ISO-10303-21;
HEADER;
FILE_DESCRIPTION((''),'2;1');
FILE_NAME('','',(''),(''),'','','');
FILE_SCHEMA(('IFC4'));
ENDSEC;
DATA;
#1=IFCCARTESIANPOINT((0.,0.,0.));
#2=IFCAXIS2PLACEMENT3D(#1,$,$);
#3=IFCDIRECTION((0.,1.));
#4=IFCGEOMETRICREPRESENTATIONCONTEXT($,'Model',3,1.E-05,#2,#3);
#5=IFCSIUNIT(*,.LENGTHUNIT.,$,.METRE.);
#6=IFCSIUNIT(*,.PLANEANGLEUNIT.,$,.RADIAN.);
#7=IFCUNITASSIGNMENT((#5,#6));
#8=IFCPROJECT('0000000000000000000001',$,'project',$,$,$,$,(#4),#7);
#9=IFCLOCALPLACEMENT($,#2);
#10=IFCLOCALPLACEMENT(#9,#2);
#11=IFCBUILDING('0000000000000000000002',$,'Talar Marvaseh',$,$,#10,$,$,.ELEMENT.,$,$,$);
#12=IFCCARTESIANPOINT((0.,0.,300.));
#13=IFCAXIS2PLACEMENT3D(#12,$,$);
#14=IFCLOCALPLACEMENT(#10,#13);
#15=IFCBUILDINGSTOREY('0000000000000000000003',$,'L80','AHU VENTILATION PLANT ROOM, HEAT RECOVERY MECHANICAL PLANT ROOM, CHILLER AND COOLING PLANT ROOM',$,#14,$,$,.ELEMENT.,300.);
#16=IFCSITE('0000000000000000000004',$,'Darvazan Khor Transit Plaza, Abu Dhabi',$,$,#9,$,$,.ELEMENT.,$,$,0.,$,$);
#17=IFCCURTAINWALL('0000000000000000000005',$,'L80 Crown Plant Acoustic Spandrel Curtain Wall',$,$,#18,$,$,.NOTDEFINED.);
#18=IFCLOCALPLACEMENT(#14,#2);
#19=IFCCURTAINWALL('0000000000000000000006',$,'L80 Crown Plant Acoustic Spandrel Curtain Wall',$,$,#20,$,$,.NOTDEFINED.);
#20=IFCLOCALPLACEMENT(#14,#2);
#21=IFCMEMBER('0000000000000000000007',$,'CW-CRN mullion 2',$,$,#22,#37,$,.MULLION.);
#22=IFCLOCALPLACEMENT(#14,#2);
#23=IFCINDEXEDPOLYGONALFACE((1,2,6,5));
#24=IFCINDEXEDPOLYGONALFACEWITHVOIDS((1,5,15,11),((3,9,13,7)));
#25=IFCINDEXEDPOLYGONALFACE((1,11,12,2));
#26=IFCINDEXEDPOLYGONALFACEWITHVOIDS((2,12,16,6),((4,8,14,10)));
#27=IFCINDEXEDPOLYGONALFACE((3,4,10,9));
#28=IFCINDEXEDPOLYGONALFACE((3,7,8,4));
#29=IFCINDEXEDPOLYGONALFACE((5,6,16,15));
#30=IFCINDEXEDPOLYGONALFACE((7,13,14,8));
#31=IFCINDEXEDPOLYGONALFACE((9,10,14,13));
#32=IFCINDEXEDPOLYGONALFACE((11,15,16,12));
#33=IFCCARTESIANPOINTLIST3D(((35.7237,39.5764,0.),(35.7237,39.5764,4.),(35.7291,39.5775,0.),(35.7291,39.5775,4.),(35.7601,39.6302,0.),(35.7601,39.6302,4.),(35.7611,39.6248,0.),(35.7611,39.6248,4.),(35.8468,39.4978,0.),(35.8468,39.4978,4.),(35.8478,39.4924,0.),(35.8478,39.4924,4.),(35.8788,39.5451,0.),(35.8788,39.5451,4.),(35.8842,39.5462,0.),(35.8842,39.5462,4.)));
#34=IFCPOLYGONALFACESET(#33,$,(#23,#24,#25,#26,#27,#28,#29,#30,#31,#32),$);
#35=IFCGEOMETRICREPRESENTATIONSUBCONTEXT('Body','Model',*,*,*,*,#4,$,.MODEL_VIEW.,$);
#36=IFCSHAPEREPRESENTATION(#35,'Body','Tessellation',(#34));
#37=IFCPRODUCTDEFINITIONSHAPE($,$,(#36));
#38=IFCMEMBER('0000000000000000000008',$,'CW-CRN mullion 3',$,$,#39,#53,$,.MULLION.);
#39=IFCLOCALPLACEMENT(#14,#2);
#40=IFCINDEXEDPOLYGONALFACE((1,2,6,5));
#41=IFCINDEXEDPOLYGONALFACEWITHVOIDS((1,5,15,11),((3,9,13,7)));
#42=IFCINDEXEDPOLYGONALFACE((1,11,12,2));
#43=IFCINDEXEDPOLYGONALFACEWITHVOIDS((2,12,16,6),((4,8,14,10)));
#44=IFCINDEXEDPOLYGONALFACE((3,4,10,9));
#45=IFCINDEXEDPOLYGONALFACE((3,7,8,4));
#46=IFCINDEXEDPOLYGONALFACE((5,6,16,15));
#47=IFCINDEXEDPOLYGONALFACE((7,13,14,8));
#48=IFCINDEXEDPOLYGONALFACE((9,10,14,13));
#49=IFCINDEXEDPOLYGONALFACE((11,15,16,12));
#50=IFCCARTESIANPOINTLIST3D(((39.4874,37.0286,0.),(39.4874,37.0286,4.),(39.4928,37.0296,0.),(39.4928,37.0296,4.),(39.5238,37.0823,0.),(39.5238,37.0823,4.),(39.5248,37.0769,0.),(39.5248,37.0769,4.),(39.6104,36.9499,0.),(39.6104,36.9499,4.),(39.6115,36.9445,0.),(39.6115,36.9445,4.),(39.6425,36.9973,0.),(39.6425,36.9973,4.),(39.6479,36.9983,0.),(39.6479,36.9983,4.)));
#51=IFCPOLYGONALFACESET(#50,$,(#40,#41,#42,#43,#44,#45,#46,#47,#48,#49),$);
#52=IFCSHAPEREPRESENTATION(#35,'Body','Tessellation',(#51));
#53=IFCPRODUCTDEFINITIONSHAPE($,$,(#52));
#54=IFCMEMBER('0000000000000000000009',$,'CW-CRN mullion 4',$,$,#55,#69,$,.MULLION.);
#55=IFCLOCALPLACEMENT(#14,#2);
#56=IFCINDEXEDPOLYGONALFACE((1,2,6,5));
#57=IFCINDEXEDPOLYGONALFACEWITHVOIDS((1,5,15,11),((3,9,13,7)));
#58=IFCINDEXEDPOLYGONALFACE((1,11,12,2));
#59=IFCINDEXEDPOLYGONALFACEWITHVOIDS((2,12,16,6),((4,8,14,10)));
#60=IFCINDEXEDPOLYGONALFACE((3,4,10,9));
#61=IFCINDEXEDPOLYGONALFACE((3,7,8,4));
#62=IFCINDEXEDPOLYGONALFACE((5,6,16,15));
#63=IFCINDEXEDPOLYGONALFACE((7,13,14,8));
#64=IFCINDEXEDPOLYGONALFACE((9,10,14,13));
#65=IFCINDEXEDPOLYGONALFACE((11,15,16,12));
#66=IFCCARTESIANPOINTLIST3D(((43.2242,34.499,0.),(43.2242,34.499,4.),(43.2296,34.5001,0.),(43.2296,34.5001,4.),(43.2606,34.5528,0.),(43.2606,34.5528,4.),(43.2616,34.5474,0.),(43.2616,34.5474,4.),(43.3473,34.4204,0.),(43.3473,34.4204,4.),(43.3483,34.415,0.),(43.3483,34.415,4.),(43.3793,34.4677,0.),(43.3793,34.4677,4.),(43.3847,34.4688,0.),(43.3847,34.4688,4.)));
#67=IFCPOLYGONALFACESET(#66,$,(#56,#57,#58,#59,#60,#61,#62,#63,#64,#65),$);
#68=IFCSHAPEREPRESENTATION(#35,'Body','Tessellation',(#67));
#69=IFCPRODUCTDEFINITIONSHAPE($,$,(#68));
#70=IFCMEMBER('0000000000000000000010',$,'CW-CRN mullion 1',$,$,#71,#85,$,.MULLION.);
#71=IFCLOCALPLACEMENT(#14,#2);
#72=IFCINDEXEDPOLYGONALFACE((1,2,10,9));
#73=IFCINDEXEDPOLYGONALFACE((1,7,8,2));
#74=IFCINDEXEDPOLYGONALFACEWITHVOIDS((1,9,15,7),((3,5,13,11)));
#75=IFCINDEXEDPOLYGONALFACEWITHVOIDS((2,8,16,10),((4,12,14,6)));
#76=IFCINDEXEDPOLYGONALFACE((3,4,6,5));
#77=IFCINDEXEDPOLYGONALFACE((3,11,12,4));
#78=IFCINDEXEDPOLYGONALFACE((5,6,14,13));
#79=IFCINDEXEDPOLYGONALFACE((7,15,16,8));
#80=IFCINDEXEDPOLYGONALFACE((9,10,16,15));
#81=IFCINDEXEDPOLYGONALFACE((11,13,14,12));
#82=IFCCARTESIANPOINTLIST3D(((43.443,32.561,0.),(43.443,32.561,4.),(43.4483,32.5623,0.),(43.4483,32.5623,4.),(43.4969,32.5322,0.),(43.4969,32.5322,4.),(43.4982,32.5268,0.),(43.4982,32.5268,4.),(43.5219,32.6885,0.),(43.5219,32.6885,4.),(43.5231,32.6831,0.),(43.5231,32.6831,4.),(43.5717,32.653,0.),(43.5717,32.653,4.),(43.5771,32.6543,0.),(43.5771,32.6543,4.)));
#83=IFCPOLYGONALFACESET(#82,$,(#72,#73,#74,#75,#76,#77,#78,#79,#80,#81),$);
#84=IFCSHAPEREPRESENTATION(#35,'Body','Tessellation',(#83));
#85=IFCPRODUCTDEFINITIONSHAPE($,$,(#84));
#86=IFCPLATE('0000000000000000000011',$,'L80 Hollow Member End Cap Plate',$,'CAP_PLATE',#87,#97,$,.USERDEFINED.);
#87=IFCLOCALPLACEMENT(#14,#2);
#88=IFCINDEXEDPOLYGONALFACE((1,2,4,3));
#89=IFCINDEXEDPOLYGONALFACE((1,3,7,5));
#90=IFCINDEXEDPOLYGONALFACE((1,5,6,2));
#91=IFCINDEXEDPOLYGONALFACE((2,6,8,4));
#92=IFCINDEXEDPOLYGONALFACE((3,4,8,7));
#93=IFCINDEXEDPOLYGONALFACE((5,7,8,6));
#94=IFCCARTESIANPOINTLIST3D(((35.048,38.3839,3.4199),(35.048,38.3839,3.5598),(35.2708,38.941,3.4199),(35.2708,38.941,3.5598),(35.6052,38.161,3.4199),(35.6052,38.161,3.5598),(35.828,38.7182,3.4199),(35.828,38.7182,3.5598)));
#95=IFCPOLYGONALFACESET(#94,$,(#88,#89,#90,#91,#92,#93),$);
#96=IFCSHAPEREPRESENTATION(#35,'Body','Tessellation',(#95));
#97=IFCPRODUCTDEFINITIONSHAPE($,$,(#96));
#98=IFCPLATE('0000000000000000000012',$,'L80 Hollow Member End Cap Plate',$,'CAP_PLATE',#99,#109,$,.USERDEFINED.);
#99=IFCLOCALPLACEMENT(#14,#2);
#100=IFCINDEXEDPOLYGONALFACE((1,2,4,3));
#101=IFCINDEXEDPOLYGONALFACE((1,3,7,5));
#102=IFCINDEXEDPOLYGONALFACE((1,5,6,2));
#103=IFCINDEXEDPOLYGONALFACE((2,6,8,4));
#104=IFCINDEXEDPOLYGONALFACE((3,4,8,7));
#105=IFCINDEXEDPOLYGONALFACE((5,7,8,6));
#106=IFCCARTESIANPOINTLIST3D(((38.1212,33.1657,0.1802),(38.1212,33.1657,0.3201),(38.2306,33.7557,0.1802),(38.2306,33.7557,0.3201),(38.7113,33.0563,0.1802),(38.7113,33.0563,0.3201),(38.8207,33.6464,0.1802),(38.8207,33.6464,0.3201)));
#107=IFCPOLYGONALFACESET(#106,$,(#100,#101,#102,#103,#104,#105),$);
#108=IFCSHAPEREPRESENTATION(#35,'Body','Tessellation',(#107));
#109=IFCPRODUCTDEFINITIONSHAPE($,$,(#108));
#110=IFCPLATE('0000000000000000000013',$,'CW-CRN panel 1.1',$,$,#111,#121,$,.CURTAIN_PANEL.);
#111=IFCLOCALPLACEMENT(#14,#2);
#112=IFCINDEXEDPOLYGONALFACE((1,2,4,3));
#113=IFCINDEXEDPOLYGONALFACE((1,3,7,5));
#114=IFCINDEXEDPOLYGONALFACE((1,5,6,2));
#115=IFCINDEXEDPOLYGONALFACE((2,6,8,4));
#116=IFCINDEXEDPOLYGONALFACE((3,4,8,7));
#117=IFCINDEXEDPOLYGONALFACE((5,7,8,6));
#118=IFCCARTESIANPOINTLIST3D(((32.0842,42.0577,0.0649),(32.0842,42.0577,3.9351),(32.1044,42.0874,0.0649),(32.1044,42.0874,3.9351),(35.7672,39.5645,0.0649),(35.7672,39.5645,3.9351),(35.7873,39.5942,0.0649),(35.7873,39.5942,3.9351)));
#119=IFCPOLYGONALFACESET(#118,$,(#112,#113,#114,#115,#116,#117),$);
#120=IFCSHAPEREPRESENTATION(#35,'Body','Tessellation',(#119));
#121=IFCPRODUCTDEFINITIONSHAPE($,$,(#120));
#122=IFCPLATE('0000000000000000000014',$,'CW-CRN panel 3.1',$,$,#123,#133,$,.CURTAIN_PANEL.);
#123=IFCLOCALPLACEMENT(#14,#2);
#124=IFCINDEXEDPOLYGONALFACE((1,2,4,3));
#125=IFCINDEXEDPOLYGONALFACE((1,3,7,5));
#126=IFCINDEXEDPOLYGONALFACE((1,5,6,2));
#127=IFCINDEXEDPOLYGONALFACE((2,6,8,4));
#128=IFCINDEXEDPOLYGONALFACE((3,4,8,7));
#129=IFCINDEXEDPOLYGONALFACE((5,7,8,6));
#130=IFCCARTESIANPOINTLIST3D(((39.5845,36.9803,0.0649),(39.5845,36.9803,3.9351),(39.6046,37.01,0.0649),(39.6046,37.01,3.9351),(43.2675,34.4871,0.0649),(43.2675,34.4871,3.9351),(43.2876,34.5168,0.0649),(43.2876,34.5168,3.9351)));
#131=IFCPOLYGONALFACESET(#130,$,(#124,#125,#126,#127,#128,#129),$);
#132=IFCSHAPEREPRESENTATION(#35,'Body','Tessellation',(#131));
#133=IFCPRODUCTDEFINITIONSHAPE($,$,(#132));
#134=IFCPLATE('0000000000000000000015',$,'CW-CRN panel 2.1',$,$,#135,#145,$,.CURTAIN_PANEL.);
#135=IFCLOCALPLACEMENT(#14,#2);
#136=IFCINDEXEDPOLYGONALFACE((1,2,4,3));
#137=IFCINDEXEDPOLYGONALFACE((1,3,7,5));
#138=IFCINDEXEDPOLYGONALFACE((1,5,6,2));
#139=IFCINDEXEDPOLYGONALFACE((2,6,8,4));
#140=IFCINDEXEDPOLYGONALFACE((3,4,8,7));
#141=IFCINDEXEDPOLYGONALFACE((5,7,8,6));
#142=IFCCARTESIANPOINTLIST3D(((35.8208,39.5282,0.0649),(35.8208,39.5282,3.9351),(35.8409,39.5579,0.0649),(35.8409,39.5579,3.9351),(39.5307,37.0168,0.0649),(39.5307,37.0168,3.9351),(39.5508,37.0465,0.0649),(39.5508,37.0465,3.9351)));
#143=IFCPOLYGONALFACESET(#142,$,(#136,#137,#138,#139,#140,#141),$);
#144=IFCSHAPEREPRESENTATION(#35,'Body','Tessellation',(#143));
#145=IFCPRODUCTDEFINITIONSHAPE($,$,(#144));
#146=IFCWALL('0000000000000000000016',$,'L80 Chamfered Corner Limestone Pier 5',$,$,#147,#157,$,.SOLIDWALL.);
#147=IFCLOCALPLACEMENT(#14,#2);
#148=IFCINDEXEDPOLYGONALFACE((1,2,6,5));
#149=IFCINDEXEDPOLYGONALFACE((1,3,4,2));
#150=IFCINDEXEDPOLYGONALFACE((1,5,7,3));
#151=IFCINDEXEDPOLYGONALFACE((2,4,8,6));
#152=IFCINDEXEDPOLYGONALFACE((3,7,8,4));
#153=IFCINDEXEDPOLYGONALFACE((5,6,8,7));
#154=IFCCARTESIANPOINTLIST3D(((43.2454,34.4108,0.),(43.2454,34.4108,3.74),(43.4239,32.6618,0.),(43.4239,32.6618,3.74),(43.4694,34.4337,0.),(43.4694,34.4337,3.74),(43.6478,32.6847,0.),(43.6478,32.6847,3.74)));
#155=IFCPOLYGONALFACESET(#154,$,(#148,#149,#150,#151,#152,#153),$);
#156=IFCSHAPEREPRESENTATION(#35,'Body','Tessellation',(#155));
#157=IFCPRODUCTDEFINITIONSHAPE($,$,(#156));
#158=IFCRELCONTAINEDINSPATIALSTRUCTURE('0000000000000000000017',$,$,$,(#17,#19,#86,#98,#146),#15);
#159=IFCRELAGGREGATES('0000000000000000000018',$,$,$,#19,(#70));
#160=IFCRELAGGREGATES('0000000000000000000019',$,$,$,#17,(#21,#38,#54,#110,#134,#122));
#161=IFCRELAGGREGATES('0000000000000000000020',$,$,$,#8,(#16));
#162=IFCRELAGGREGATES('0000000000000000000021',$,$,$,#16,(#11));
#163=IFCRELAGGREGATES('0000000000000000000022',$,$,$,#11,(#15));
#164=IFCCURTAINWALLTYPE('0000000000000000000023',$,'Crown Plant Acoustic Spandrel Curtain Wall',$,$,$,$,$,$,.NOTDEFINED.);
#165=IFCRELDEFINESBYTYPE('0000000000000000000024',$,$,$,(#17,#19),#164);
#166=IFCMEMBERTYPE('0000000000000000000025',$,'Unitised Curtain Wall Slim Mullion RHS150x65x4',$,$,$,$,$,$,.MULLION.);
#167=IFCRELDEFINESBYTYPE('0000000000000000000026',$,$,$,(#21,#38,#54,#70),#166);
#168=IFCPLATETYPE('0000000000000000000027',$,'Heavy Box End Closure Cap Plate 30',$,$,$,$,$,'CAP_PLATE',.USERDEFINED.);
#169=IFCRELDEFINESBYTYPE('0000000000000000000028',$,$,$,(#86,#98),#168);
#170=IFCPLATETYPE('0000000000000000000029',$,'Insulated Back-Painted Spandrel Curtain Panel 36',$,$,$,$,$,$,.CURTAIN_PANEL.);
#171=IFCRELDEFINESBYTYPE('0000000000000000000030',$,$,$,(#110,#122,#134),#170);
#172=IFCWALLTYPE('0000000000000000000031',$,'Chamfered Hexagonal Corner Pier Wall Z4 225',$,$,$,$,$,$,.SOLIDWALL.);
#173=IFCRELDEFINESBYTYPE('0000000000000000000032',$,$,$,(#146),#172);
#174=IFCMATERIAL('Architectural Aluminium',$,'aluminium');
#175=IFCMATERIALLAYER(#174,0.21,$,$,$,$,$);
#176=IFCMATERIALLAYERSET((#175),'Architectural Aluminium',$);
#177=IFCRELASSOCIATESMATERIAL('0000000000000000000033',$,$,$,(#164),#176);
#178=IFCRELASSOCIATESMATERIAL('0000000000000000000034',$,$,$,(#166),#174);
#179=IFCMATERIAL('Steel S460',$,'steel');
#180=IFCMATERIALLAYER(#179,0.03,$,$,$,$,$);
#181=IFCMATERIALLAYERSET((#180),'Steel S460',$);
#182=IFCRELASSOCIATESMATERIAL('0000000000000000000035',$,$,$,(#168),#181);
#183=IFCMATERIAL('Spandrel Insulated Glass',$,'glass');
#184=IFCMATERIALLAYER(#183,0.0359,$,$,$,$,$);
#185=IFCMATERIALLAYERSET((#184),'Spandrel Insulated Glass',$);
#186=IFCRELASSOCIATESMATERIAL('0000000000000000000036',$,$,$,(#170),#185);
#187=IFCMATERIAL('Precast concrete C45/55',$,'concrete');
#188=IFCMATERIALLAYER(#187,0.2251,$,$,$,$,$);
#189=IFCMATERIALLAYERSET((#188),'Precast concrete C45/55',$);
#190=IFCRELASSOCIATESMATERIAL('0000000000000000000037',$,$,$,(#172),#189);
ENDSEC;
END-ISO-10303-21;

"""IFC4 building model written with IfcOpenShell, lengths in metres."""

from ifc_helpers import new_model, si_unit, direction, frame, frame_2d, origin, origin_2d, place, context, subcontext, project, spatial, rectangle, hollow_rectangle, extrude, source, transform, mapped, material, layer, layer_set, material_profile, profile_set, type_object, type_shapes, element, aggregate, save


model = new_model("IFC4")

# Units and contexts
model_context = context("Model", 3, precision=1e-05, world=origin(), true_north=direction((0.0, 1.0)))
body_context = subcontext(model_context, "Body", "Model", "MODEL_VIEW")
ifc_project = project(units=[si_unit("LENGTHUNIT", "METRE"), si_unit("PLANEANGLEUNIT", "RADIAN")], contexts=[model_context])

# Site, building, storey
site_placement = place(None, origin())
site = spatial("IfcSite", under=ifc_project, at=site_placement, Name="Darvazan Khor Transit Plaza, Abu Dhabi", CompositionType="ELEMENT", RefElevation=0.0)
building_placement = place(site_placement, origin())
building = spatial("IfcBuilding", under=site, at=building_placement, Name="Talar Marvaseh", CompositionType="ELEMENT")
storey_placement = place(building_placement, frame((0.0, 0.0, 300.0)))
storey = spatial("IfcBuildingStorey", under=building, at=storey_placement, Name="L80", Description="AHU VENTILATION PLANT ROOM, HEAT RECOVERY MECHANICAL PLANT ROOM, CHILLER AND COOLING PLANT ROOM", CompositionType="ELEMENT", Elevation=300.0)

# Shared definitions
ifc_material_1 = material(Name="Steel S460", Category="steel")

# Curtain walls
ifc_material_2 = material(Name="Architectural Aluminium", Category="aluminium")
ifc_layer_1 = layer(ifc_material_2, 0.21)
ifc_layer_set_1 = layer_set([ifc_layer_1], Name="Architectural Aluminium")
curtain_wall_type = type_object("IfcCurtainWallType", Name="Crown Plant Acoustic Spandrel Curtain Wall", PredefinedType="NOTDEFINED", material=ifc_layer_set_1)
curtain_wall_1_placement = place(storey_placement, origin())
curtain_wall_1 = element("IfcCurtainWall", 1, at=curtain_wall_1_placement, inside=storey, type_object=curtain_wall_type, Name="L80 Crown Plant Acoustic Spandrel Curtain Wall", PredefinedType="NOTDEFINED")
curtain_wall_2_placement = place(storey_placement, origin())
curtain_wall_2 = element("IfcCurtainWall", 2, at=curtain_wall_2_placement, inside=storey, type_object=curtain_wall_type, Name="L80 Crown Plant Acoustic Spandrel Curtain Wall", PredefinedType="NOTDEFINED")

# Members
ifc_material_profile_1 = material_profile(ifc_material_2, hollow_rectangle(XDim=0.0649, YDim=0.1499, WallThickness=0.0039, at=origin_2d()), Name="RHS150x65x4")
ifc_profile_set_1 = profile_set([ifc_material_profile_1], Name="Architectural Aluminium")
member_type_1 = type_object("IfcMemberType", Name="Unitised Curtain Wall Slim Mullion RHS150x65x4", PredefinedType="MULLION", material=ifc_profile_set_1)
shared_shape_1 = source(origin(), body_context, "Body", "SweptSolid", [
    extrude(hollow_rectangle(XDim=0.0649, YDim=0.1499, WallThickness=0.0039, at=origin_2d()), origin(), (0.0, 0.0, 1.0), 4.0),
])
type_shapes(member_type_1, [shared_shape_1])
member_1_placement = place(storey_placement, frame((35.804, 39.5613, 0.0), z_axis=(0.0, 0.0, 1.0), x_axis=(0.560583, 0.828098, 0.0)))
member_1 = element("IfcMember", 3, at=member_1_placement, type_object=member_type_1, Name="CW-CRN mullion 2", PredefinedType="MULLION", context=body_context, shape_type="MappedRepresentation", body=[
    mapped(shared_shape_1, transform((0.0, 0.0, 0.0), x_axis=(1.0, 0.0, 0.0), y_axis=(0.0, 1.0, 0.0), z_axis=(0.0, 0.0, 1.0), scale=1.0)),
])
member_2_placement = place(storey_placement, frame((39.5676, 37.0134, 0.0), z_axis=(0.0, 0.0, 1.0), x_axis=(0.560583, 0.828098, 0.0)))
member_2 = element("IfcMember", 4, at=member_2_placement, type_object=member_type_1, Name="CW-CRN mullion 3", PredefinedType="MULLION", context=body_context, shape_type="MappedRepresentation", body=[
    mapped(shared_shape_1, transform((0.0, 0.0, 0.0), x_axis=(1.0, 0.0, 0.0), y_axis=(0.0, 1.0, 0.0), z_axis=(0.0, 0.0, 1.0), scale=1.0)),
])
member_3_placement = place(storey_placement, frame((43.3044, 34.4839, 0.0), z_axis=(0.0, 0.0, 1.0), x_axis=(0.560583, 0.828098, 0.0)))
member_3 = element("IfcMember", 5, at=member_3_placement, type_object=member_type_1, Name="CW-CRN mullion 4", PredefinedType="MULLION", context=body_context, shape_type="MappedRepresentation", body=[
    mapped(shared_shape_1, transform((0.0, 0.0, 0.0), x_axis=(1.0, 0.0, 0.0), y_axis=(0.0, 1.0, 0.0), z_axis=(0.0, 0.0, 1.0), scale=1.0)),
])
member_4_placement = place(storey_placement, frame((43.51, 32.6077, 0.0), z_axis=(0.0, 0.0, 1.0), x_axis=(0.850268, -0.52635, 0.0)))
member_4 = element("IfcMember", 6, at=member_4_placement, type_object=member_type_1, Name="CW-CRN mullion 1", PredefinedType="MULLION", context=body_context, shape_type="MappedRepresentation", body=[
    mapped(shared_shape_1, transform((0.0, 0.0, 0.0), x_axis=(1.0, 0.0, 0.0), y_axis=(0.0, 1.0, 0.0), z_axis=(0.0, 0.0, 1.0), scale=1.0)),
])
aggregate(curtain_wall_2, [member_4])

# Plates
ifc_layer_2 = layer(ifc_material_1, 0.03)
ifc_layer_set_2 = layer_set([ifc_layer_2], Name="Steel S460")
plate_type_1 = type_object("IfcPlateType", Name="Heavy Box End Closure Cap Plate 30", ElementType="CAP_PLATE", PredefinedType="USERDEFINED", material=ifc_layer_set_2)
shared_shape_2 = source(origin(), body_context, "Body", "SweptSolid", [
    extrude(rectangle(XDim=0.6001, YDim=0.6001, at=origin_2d()), origin(), (0.0, 0.0, 1.0), 0.1399),
])
type_shapes(plate_type_1, [shared_shape_2])
for number, where, z_axis, x_axis, name in (
    (7, (35.438, 38.551, 3.4199), (0.0, 0.0, 1.0), (0.928486, -0.371368, 0.0), "L80 Hollow Member End Cap Plate"),
    (8, (38.4709, 33.406, 0.1802), (0.0, 0.0, 1.0), (-0.182236, -0.983255, 0.0), "L80 Hollow Member End Cap Plate"),
):
    element("IfcPlate", number, at=place(storey_placement, frame(where, z_axis=z_axis, x_axis=x_axis)), inside=storey, type_object=plate_type_1, Name=name, ObjectType="CAP_PLATE", PredefinedType="USERDEFINED", context=body_context, shape_type="MappedRepresentation", body=[
        mapped(shared_shape_2, transform((0.0, 0.0, 0.0), x_axis=(1.0, 0.0, 0.0), y_axis=(0.0, 1.0, 0.0), z_axis=(0.0, 0.0, 1.0), scale=1.0)),
    ])

# Plates
ifc_material_3 = material(Name="Spandrel Insulated Glass", Category="glass")
ifc_layer_3 = layer(ifc_material_3, 0.0359)
ifc_layer_set_3 = layer_set([ifc_layer_3], Name="Spandrel Insulated Glass")
plate_type_2 = type_object("IfcPlateType", Name="Insulated Back-Painted Spandrel Curtain Panel 36", PredefinedType="CURTAIN_PANEL", material=ifc_layer_set_3)
shared_shape_3 = source(origin(), body_context, "Body", "SweptSolid", [
    extrude(rectangle(XDim=4.4475, YDim=0.0359, at=origin_2d()), origin(), (0.0, 0.0, 1.0), 3.8701),
])
plate_1_placement = place(storey_placement, frame((33.9358, 40.8259, 0.0649), z_axis=(0.0, 0.0, 1.0), x_axis=(0.828098, -0.560583, 0.0)))
plate_1 = element("IfcPlate", 9, at=plate_1_placement, type_object=plate_type_2, Name="CW-CRN panel 1.1", PredefinedType="CURTAIN_PANEL", context=body_context, shape_type="MappedRepresentation", body=[
    mapped(shared_shape_3, transform((0.0, 0.0, 0.0), x_axis=(1.0, 0.0, 0.0), y_axis=(0.0, 1.0, 0.0), z_axis=(0.0, 0.0, 1.0), scale=1.0)),
])
plate_2_placement = place(storey_placement, frame((41.436, 35.7485, 0.0649), z_axis=(0.0, 0.0, 1.0), x_axis=(0.828098, -0.560583, 0.0)))
plate_2 = element("IfcPlate", 10, at=plate_2_placement, type_object=plate_type_2, Name="CW-CRN panel 3.1", PredefinedType="CURTAIN_PANEL", context=body_context, shape_type="MappedRepresentation", body=[
    mapped(shared_shape_3, transform((0.0, 0.0, 0.0), x_axis=(1.0, 0.0, 0.0), y_axis=(0.0, 1.0, 0.0), z_axis=(0.0, 0.0, 1.0), scale=1.0)),
])
shared_shape_4 = source(origin(), body_context, "Body", "SweptSolid", [
    extrude(rectangle(XDim=4.48, YDim=0.0359, at=origin_2d()), origin(), (0.0, 0.0, 1.0), 3.8701),
])
type_shapes(plate_type_2, [shared_shape_3, shared_shape_4])
plate_3_placement = place(storey_placement, frame((37.6858, 38.2874, 0.0649), z_axis=(0.0, 0.0, 1.0), x_axis=(0.828098, -0.560583, 0.0)))
plate_3 = element("IfcPlate", 11, at=plate_3_placement, type_object=plate_type_2, Name="CW-CRN panel 2.1", PredefinedType="CURTAIN_PANEL", context=body_context, shape_type="MappedRepresentation", body=[
    mapped(shared_shape_4, transform((0.0, 0.0, 0.0), x_axis=(1.0, 0.0, 0.0), y_axis=(0.0, 1.0, 0.0), z_axis=(0.0, 0.0, 1.0), scale=1.0)),
])
aggregate(curtain_wall_1, [member_1, member_2, member_3, plate_1, plate_3, plate_2])

# Wall
ifc_material_4 = material(Name="Precast concrete C45/55", Category="concrete")
ifc_layer_4 = layer(ifc_material_4, 0.2251)
ifc_layer_set_4 = layer_set([ifc_layer_4], Name="Precast concrete C45/55")
wall_type_1 = type_object("IfcWallType", Name="Chamfered Hexagonal Corner Pier Wall Z4 225", PredefinedType="SOLIDWALL", material=ifc_layer_set_4)
wall_1_placement = place(storey_placement, frame((43.3574, 34.4221, 0.0), z_axis=(0.0, 0.0, 1.0), x_axis=(0.101511, -0.994834, 0.0)))
element("IfcWall", 12, at=wall_1_placement, inside=storey, type_object=wall_type_1, Name="L80 Chamfered Corner Limestone Pier 5", PredefinedType="SOLIDWALL", context=body_context, shape_type="SweptSolid", body=[
    extrude(rectangle(XDim=1.7581, YDim=0.2251, at=frame_2d((0.8789, 0.0))), origin(), (0.0, 0.0, 1.0), 3.74),
])

save(model, "model.ifc")
